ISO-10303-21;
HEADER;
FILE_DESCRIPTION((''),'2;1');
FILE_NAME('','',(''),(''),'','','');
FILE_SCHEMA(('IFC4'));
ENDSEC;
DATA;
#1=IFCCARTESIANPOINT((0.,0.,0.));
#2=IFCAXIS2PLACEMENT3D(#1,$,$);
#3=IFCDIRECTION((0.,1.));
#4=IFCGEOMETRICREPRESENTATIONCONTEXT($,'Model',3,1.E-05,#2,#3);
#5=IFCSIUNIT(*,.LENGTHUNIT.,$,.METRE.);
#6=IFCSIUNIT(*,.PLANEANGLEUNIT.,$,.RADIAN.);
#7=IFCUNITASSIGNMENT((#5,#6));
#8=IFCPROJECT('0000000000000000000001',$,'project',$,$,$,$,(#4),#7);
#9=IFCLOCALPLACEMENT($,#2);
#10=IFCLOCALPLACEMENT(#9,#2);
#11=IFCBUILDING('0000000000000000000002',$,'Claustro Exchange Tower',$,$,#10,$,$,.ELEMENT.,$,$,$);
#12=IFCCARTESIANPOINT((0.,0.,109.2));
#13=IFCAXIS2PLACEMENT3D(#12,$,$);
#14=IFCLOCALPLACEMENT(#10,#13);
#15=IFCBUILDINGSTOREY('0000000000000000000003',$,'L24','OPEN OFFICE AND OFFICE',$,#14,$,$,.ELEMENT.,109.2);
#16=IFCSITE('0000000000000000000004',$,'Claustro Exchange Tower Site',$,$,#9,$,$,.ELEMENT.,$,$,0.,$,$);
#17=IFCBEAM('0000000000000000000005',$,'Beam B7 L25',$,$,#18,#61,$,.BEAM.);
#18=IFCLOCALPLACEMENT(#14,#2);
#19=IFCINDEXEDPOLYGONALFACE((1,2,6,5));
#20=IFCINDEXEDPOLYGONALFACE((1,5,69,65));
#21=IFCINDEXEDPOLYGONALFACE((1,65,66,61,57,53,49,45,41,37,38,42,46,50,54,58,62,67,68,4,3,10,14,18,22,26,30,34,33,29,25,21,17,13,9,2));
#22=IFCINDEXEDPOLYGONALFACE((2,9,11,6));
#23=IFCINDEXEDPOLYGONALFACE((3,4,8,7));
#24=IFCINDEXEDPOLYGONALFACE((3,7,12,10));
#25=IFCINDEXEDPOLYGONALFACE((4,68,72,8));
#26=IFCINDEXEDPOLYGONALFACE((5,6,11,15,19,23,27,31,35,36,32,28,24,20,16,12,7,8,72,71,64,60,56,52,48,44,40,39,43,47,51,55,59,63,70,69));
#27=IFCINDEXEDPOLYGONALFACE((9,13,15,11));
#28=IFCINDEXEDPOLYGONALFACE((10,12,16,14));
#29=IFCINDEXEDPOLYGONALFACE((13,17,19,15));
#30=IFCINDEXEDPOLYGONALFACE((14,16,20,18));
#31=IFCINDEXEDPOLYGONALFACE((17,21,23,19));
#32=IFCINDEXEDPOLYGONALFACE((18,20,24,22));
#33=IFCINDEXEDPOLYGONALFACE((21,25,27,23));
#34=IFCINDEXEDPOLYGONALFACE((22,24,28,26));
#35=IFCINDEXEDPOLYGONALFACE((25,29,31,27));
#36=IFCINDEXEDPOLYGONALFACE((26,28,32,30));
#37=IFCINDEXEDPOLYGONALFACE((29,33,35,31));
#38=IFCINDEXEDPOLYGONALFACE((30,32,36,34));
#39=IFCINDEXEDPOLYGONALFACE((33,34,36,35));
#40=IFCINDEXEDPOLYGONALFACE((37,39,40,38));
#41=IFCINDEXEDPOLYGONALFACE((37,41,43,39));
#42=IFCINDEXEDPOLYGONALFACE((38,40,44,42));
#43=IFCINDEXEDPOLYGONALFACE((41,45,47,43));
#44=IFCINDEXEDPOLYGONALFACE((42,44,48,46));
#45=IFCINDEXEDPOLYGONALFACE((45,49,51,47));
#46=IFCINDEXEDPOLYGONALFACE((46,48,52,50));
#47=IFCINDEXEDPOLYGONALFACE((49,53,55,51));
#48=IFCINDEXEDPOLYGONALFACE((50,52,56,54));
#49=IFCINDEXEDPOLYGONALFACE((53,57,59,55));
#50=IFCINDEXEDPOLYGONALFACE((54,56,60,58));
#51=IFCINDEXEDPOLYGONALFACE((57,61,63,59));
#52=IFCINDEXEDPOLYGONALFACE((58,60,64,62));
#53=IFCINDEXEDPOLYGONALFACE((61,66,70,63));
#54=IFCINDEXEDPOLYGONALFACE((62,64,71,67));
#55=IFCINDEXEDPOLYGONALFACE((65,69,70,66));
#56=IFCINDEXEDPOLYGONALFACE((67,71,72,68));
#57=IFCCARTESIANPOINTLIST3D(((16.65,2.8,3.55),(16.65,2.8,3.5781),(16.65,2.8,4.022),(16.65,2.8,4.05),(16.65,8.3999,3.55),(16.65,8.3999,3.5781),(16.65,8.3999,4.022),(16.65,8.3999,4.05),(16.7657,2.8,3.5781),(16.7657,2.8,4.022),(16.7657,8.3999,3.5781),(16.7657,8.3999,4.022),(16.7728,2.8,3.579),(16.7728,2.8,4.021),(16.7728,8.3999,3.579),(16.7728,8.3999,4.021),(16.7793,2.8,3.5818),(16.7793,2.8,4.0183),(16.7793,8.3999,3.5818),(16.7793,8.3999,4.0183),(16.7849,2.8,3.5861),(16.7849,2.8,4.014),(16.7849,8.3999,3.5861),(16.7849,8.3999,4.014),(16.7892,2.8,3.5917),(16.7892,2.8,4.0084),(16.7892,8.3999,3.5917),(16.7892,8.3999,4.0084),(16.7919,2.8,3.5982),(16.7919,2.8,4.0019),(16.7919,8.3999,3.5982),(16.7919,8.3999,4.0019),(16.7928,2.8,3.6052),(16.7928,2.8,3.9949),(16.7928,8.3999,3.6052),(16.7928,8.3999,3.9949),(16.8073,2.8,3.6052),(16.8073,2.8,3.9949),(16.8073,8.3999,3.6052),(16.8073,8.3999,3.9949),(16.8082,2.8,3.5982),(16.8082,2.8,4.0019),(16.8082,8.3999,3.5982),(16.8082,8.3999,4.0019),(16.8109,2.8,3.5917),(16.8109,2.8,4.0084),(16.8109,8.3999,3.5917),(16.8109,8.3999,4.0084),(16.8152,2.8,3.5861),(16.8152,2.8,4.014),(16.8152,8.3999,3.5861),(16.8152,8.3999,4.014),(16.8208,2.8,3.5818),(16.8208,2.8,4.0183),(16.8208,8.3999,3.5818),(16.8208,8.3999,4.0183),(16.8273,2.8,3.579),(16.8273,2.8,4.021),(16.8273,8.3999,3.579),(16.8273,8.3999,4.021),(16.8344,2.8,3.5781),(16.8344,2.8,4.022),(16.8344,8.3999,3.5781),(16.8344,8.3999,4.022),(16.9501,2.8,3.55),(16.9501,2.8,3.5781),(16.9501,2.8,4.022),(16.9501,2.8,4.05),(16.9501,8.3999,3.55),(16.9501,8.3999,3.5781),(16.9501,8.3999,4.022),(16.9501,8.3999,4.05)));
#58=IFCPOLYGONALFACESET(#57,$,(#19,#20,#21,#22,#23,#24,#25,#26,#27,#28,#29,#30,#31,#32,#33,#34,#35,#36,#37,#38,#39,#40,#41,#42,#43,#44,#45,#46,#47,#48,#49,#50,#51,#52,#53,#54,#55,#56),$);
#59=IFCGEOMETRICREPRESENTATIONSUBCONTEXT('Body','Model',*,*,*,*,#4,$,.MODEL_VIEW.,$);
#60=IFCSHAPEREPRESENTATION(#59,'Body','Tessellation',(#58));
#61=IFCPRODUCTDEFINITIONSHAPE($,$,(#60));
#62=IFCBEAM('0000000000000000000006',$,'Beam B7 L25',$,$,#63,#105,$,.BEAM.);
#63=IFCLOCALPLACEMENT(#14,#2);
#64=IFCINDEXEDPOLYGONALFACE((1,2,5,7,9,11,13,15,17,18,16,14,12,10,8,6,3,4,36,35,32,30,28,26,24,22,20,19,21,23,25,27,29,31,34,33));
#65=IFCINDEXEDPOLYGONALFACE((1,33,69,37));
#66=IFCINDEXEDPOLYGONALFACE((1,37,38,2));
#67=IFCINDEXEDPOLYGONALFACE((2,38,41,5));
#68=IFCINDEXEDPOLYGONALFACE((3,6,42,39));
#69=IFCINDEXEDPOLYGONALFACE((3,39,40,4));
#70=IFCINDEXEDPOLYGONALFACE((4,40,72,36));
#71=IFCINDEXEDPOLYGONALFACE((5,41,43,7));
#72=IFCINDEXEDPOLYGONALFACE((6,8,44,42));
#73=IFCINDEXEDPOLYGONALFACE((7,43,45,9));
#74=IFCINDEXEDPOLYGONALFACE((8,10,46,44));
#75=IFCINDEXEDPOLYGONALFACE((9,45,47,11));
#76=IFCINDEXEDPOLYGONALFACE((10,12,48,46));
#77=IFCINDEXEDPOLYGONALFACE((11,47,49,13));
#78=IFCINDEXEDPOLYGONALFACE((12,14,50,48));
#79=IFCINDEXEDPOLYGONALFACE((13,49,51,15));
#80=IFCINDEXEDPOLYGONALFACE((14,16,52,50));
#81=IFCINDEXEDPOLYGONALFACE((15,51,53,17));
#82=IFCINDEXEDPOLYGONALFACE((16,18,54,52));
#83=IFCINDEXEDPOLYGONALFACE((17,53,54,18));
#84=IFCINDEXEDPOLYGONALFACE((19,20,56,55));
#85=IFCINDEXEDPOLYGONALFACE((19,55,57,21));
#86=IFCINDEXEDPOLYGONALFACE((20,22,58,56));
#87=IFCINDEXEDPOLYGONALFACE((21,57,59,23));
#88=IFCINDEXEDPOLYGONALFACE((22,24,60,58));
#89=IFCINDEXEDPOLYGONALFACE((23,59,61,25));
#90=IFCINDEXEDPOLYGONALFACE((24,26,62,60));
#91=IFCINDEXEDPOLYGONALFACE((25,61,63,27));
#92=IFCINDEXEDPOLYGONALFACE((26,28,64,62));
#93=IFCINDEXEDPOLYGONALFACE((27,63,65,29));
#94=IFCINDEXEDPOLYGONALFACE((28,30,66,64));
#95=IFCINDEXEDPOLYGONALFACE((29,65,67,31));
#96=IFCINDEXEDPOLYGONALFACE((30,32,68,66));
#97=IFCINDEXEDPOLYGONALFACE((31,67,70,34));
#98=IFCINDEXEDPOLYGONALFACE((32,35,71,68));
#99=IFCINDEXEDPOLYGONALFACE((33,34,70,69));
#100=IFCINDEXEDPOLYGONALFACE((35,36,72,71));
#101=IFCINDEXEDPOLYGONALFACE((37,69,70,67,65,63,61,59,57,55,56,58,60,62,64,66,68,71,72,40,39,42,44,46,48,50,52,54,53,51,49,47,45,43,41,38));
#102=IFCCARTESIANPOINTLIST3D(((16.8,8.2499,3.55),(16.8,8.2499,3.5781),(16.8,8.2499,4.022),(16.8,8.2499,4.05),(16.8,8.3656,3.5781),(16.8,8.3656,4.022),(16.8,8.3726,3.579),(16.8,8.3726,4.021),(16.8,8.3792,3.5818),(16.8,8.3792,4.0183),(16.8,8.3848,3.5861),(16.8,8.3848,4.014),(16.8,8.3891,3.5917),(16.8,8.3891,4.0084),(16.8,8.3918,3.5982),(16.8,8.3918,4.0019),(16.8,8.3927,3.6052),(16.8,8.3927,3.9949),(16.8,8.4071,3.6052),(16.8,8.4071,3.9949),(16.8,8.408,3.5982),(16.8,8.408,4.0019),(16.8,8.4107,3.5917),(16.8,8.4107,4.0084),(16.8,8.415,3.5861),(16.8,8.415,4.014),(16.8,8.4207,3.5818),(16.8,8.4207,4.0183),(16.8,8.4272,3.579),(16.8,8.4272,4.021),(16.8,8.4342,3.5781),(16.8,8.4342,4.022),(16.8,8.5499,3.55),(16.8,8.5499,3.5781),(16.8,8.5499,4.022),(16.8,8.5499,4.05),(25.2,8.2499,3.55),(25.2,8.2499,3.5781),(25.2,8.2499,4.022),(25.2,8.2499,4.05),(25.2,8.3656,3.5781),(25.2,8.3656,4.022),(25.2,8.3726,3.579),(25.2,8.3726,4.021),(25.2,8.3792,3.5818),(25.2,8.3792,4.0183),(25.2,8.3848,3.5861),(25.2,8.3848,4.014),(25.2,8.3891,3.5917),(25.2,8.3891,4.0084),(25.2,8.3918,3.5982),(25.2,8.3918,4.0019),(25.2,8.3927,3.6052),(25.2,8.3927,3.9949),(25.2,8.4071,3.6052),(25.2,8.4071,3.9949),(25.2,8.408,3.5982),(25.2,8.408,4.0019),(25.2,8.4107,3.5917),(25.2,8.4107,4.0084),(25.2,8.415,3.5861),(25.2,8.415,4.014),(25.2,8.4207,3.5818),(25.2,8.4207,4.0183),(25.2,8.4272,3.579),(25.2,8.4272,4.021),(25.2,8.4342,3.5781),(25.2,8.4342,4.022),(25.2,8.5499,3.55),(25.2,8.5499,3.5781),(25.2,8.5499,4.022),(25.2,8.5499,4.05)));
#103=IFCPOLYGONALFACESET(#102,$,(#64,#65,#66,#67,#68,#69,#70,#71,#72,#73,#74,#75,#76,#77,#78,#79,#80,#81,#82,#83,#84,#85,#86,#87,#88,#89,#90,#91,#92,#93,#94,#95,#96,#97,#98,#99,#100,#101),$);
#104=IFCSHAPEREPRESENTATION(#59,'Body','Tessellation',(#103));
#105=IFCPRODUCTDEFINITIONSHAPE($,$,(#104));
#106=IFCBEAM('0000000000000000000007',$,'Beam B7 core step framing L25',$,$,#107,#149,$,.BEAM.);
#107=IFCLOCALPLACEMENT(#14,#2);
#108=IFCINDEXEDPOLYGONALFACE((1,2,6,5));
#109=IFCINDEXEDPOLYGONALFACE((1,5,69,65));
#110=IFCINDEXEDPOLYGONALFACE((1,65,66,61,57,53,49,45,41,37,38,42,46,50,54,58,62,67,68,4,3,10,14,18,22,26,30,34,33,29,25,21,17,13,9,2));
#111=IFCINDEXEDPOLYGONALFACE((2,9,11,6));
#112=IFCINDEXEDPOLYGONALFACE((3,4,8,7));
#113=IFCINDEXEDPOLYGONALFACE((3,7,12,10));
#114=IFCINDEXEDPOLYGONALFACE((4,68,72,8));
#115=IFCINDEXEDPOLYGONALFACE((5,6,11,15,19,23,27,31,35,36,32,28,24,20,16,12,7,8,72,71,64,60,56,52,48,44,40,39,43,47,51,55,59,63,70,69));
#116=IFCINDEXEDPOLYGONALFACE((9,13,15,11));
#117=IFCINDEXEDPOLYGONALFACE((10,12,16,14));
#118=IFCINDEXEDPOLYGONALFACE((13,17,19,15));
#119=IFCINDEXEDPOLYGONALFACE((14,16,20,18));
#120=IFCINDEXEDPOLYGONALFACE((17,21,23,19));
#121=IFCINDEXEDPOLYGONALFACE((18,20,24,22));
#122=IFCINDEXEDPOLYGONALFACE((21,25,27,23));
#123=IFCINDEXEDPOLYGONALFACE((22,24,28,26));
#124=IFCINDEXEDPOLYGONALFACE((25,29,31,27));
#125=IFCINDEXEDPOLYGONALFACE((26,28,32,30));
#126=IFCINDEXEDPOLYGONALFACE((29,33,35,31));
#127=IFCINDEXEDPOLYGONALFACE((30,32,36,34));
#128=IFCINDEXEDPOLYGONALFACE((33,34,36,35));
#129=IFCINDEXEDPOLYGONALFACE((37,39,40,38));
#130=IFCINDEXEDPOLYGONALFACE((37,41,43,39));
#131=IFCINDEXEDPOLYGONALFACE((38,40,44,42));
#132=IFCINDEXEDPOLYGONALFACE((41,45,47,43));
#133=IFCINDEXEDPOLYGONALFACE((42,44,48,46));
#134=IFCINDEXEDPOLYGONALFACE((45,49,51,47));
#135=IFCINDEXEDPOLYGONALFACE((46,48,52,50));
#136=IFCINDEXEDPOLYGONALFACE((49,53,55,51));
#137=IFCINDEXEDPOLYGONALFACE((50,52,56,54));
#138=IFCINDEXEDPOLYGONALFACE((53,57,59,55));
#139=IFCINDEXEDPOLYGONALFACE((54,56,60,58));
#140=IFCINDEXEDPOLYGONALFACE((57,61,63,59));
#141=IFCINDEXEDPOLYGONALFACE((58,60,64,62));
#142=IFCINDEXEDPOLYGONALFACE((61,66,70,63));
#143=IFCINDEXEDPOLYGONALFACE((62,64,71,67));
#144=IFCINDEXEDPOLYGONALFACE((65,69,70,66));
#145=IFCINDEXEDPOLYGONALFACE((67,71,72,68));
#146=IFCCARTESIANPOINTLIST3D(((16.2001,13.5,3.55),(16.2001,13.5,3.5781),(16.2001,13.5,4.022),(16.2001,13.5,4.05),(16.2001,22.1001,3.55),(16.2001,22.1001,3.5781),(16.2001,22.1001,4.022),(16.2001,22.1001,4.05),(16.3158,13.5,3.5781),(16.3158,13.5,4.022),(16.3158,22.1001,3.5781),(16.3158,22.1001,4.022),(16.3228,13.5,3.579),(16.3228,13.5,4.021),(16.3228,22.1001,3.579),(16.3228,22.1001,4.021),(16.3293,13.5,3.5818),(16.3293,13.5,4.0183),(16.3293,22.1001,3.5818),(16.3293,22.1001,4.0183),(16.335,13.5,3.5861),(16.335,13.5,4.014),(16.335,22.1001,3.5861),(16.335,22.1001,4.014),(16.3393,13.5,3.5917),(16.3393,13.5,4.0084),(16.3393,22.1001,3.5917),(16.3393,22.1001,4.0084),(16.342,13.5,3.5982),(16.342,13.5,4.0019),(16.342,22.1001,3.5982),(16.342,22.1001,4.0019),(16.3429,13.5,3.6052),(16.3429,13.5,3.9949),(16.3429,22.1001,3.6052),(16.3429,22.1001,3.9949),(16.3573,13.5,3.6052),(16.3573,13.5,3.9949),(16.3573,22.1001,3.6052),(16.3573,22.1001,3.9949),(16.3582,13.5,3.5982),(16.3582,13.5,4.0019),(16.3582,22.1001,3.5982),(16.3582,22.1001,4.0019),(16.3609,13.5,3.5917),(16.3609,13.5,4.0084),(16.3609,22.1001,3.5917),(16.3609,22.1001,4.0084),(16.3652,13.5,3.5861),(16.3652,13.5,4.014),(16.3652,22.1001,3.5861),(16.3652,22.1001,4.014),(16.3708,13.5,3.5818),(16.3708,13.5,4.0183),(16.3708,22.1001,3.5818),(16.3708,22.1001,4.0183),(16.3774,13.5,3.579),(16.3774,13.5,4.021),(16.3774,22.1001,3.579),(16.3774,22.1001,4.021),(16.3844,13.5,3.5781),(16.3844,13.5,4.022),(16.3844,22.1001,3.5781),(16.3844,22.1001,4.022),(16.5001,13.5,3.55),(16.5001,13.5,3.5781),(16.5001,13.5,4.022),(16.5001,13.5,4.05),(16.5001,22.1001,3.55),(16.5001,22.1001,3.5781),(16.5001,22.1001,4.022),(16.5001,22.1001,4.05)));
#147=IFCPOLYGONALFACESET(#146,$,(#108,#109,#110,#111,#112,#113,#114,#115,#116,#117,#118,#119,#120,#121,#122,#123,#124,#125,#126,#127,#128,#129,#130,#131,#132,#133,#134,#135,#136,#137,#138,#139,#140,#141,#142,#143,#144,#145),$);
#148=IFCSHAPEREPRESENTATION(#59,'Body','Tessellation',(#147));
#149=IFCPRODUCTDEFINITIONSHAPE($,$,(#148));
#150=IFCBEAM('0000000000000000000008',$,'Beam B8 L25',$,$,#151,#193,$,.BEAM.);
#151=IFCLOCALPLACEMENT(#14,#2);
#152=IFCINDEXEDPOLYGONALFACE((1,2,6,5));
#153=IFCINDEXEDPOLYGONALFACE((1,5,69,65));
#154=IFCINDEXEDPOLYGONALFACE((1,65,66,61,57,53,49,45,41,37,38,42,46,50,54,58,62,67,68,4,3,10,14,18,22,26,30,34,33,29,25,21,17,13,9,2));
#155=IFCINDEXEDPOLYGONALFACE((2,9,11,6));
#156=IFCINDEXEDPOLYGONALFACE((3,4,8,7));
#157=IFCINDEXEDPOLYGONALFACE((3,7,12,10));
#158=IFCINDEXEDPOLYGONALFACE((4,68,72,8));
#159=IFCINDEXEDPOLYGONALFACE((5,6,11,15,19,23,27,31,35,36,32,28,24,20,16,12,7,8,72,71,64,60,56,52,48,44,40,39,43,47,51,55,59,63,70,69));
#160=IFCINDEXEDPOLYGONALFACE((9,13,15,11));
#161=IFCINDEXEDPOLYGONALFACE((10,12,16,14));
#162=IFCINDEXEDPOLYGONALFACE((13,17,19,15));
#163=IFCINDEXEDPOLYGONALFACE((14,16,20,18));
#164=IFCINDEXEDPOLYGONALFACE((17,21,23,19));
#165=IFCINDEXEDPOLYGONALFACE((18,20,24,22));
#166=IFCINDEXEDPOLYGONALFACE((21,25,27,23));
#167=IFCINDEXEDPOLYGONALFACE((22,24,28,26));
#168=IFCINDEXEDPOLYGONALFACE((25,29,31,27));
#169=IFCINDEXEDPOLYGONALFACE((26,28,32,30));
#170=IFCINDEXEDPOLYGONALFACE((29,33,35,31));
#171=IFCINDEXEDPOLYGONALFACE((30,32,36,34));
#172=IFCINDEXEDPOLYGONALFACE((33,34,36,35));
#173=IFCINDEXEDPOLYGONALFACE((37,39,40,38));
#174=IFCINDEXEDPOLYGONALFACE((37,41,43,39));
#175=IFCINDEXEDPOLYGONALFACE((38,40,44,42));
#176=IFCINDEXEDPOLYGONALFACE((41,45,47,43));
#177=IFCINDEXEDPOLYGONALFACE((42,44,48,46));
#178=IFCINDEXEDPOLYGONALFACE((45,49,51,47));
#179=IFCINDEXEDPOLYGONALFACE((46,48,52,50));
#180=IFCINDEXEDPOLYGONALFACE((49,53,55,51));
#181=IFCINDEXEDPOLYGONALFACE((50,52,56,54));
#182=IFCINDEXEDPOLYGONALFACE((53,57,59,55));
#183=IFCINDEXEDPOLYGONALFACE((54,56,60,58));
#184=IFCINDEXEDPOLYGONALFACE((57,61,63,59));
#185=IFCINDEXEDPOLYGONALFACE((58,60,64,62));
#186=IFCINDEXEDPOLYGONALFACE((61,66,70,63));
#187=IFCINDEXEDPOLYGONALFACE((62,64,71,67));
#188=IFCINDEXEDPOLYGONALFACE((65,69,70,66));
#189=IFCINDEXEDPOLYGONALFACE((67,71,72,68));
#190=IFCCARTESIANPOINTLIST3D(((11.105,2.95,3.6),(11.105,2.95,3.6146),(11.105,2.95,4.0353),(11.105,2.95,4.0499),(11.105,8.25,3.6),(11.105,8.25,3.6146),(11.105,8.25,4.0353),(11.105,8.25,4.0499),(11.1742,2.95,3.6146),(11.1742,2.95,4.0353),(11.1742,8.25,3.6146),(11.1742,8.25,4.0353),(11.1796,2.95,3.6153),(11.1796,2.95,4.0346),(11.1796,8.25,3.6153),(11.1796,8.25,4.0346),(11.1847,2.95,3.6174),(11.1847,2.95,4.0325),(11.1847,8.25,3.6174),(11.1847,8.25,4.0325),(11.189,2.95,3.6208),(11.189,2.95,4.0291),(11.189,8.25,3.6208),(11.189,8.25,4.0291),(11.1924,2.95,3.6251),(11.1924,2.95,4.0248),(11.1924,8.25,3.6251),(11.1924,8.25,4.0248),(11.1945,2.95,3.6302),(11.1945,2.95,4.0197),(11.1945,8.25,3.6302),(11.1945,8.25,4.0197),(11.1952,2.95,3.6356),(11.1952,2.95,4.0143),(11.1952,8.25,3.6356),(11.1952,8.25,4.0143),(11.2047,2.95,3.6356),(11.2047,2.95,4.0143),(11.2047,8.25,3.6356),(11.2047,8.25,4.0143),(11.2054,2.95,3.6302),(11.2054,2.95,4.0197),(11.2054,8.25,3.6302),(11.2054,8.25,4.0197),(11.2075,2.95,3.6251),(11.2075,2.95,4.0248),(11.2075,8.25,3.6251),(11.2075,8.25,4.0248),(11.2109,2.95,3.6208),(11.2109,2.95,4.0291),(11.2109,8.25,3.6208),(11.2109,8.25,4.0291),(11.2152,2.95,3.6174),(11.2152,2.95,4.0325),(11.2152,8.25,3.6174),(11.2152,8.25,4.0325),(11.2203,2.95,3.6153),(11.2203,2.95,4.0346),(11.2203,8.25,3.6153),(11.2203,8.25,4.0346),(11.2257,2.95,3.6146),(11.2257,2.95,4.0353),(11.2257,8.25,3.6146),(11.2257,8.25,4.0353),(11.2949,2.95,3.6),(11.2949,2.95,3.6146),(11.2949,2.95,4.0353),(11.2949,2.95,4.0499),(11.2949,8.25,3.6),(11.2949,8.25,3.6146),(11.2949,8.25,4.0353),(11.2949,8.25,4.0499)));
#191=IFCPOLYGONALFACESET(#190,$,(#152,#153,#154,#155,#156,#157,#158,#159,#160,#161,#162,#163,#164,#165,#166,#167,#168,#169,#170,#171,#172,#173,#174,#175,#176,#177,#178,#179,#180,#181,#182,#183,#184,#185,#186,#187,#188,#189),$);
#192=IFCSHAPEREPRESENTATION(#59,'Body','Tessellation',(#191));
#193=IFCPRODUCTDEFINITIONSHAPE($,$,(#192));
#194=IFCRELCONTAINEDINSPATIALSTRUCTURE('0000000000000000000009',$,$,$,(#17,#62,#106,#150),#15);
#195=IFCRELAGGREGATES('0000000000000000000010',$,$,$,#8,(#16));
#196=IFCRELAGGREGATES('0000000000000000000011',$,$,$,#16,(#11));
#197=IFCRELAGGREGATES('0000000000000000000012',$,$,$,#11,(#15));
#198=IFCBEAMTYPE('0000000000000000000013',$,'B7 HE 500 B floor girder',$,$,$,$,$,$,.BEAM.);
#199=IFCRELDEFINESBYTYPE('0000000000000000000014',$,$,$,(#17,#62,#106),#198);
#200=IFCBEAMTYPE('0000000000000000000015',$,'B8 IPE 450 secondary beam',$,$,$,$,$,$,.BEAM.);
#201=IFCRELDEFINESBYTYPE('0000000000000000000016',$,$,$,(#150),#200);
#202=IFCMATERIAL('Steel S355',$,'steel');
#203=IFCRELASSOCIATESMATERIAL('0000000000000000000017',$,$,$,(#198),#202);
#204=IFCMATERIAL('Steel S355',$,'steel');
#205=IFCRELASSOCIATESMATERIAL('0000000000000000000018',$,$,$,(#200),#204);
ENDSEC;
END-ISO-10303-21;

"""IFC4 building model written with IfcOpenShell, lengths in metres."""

from ifc_helpers import new_model, si_unit, direction, frame, origin, origin_2d, place, context, subcontext, project, spatial, i_section, extrude, material, material_profile, profile_set, type_object, element, save


model = new_model("IFC4")

# Units and contexts
model_context = context("Model", 3, precision=1e-05, world=origin(), true_north=direction((0.0, 1.0)))
body_context = subcontext(model_context, "Body", "Model", "MODEL_VIEW")
ifc_project = project(units=[si_unit("LENGTHUNIT", "METRE"), si_unit("PLANEANGLEUNIT", "RADIAN")], contexts=[model_context])

# Site, building, storey
site_placement = place(None, origin())
site = spatial("IfcSite", under=ifc_project, at=site_placement, Name="Claustro Exchange Tower Site", CompositionType="ELEMENT", RefElevation=0.0)
building_placement = place(site_placement, origin())
building = spatial("IfcBuilding", under=site, at=building_placement, Name="Claustro Exchange Tower", CompositionType="ELEMENT")
storey_placement = place(building_placement, frame((0.0, 0.0, 109.2)))
storey = spatial("IfcBuildingStorey", under=building, at=storey_placement, Name="L24", Description="OPEN OFFICE AND OFFICE", CompositionType="ELEMENT", Elevation=109.2)

# Beams
ifc_material_1 = material(Name="Steel S355", Category="steel")
ifc_material_profile_1 = material_profile(ifc_material_1, i_section(OverallWidth=0.3, OverallDepth=0.5, WebThickness=0.0144, FlangeThickness=0.0281, FilletRadius=0.0271, at=origin_2d()), Name="HE 500 B")
ifc_profile_set_1 = profile_set([ifc_material_profile_1], Name="Steel S355")
beam_type_1 = type_object("IfcBeamType", Name="B7 HE 500 B floor girder", PredefinedType="BEAM", material=ifc_profile_set_1)
beam_1_placement = place(storey_placement, frame((16.8, 2.8, 3.8), z_axis=(0.0, 1.0, 0.0), x_axis=(-1.0, 0.0, 0.0)))
element("IfcBeam", 1, at=beam_1_placement, inside=storey, type_object=beam_type_1, Name="Beam B7 L25", PredefinedType="BEAM", context=body_context, shape_type="SweptSolid", body=[
    extrude(i_section(OverallWidth=0.3, OverallDepth=0.5, WebThickness=0.0144, FlangeThickness=0.0281, FilletRadius=0.0271, at=origin_2d()), origin(), (0.0, 0.0, 1.0), 5.5999),
])
beam_2_placement = place(storey_placement, frame((16.8, 8.3999, 3.8), z_axis=(1.0, 0.0, 0.0), x_axis=(0.0, 1.0, 0.0)))
element("IfcBeam", 2, at=beam_2_placement, inside=storey, type_object=beam_type_1, Name="Beam B7 L25", PredefinedType="BEAM", context=body_context, shape_type="SweptSolid", body=[
    extrude(i_section(OverallWidth=0.3, OverallDepth=0.5, WebThickness=0.0144, FlangeThickness=0.0281, FilletRadius=0.0271, at=origin_2d()), origin(), (0.0, 0.0, 1.0), 8.3999),
])
beam_3_placement = place(storey_placement, frame((16.3501, 13.5, 3.8), z_axis=(0.0, 1.0, 0.0), x_axis=(-1.0, 0.0, 0.0)))
element("IfcBeam", 3, at=beam_3_placement, inside=storey, type_object=beam_type_1, Name="Beam B7 core step framing L25", PredefinedType="BEAM", context=body_context, shape_type="SweptSolid", body=[
    extrude(i_section(OverallWidth=0.3, OverallDepth=0.5, WebThickness=0.0144, FlangeThickness=0.0281, FilletRadius=0.0271, at=origin_2d()), origin(), (0.0, 0.0, 1.0), 8.6001),
])
ifc_material_2 = material(Name="Steel S355", Category="steel")
ifc_material_profile_2 = material_profile(ifc_material_2, i_section(OverallWidth=0.1899, OverallDepth=0.45, WebThickness=0.0095, FlangeThickness=0.0146, FilletRadius=0.021, at=origin_2d()), Name="IPE 450")
ifc_profile_set_2 = profile_set([ifc_material_profile_2], Name="Steel S355")
beam_type_2 = type_object("IfcBeamType", Name="B8 IPE 450 secondary beam", PredefinedType="BEAM", material=ifc_profile_set_2)
for number, where, z_axis, x_axis, name in (
    (4, (11.2, 2.95, 3.825), (0.0, 1.0, 0.0), (-1.0, 0.0, 0.0), "Beam B8 L25"),
):
    element("IfcBeam", number, at=place(storey_placement, frame(where, z_axis=z_axis, x_axis=x_axis)), inside=storey, type_object=beam_type_2, Name=name, PredefinedType="BEAM", context=body_context, shape_type="SweptSolid", body=[
        extrude(i_section(OverallWidth=0.1899, OverallDepth=0.45, WebThickness=0.0095, FlangeThickness=0.0146, FilletRadius=0.021, at=origin_2d()), origin(), (0.0, 0.0, 1.0), 5.3),
    ])

save(model, "model.ifc")
